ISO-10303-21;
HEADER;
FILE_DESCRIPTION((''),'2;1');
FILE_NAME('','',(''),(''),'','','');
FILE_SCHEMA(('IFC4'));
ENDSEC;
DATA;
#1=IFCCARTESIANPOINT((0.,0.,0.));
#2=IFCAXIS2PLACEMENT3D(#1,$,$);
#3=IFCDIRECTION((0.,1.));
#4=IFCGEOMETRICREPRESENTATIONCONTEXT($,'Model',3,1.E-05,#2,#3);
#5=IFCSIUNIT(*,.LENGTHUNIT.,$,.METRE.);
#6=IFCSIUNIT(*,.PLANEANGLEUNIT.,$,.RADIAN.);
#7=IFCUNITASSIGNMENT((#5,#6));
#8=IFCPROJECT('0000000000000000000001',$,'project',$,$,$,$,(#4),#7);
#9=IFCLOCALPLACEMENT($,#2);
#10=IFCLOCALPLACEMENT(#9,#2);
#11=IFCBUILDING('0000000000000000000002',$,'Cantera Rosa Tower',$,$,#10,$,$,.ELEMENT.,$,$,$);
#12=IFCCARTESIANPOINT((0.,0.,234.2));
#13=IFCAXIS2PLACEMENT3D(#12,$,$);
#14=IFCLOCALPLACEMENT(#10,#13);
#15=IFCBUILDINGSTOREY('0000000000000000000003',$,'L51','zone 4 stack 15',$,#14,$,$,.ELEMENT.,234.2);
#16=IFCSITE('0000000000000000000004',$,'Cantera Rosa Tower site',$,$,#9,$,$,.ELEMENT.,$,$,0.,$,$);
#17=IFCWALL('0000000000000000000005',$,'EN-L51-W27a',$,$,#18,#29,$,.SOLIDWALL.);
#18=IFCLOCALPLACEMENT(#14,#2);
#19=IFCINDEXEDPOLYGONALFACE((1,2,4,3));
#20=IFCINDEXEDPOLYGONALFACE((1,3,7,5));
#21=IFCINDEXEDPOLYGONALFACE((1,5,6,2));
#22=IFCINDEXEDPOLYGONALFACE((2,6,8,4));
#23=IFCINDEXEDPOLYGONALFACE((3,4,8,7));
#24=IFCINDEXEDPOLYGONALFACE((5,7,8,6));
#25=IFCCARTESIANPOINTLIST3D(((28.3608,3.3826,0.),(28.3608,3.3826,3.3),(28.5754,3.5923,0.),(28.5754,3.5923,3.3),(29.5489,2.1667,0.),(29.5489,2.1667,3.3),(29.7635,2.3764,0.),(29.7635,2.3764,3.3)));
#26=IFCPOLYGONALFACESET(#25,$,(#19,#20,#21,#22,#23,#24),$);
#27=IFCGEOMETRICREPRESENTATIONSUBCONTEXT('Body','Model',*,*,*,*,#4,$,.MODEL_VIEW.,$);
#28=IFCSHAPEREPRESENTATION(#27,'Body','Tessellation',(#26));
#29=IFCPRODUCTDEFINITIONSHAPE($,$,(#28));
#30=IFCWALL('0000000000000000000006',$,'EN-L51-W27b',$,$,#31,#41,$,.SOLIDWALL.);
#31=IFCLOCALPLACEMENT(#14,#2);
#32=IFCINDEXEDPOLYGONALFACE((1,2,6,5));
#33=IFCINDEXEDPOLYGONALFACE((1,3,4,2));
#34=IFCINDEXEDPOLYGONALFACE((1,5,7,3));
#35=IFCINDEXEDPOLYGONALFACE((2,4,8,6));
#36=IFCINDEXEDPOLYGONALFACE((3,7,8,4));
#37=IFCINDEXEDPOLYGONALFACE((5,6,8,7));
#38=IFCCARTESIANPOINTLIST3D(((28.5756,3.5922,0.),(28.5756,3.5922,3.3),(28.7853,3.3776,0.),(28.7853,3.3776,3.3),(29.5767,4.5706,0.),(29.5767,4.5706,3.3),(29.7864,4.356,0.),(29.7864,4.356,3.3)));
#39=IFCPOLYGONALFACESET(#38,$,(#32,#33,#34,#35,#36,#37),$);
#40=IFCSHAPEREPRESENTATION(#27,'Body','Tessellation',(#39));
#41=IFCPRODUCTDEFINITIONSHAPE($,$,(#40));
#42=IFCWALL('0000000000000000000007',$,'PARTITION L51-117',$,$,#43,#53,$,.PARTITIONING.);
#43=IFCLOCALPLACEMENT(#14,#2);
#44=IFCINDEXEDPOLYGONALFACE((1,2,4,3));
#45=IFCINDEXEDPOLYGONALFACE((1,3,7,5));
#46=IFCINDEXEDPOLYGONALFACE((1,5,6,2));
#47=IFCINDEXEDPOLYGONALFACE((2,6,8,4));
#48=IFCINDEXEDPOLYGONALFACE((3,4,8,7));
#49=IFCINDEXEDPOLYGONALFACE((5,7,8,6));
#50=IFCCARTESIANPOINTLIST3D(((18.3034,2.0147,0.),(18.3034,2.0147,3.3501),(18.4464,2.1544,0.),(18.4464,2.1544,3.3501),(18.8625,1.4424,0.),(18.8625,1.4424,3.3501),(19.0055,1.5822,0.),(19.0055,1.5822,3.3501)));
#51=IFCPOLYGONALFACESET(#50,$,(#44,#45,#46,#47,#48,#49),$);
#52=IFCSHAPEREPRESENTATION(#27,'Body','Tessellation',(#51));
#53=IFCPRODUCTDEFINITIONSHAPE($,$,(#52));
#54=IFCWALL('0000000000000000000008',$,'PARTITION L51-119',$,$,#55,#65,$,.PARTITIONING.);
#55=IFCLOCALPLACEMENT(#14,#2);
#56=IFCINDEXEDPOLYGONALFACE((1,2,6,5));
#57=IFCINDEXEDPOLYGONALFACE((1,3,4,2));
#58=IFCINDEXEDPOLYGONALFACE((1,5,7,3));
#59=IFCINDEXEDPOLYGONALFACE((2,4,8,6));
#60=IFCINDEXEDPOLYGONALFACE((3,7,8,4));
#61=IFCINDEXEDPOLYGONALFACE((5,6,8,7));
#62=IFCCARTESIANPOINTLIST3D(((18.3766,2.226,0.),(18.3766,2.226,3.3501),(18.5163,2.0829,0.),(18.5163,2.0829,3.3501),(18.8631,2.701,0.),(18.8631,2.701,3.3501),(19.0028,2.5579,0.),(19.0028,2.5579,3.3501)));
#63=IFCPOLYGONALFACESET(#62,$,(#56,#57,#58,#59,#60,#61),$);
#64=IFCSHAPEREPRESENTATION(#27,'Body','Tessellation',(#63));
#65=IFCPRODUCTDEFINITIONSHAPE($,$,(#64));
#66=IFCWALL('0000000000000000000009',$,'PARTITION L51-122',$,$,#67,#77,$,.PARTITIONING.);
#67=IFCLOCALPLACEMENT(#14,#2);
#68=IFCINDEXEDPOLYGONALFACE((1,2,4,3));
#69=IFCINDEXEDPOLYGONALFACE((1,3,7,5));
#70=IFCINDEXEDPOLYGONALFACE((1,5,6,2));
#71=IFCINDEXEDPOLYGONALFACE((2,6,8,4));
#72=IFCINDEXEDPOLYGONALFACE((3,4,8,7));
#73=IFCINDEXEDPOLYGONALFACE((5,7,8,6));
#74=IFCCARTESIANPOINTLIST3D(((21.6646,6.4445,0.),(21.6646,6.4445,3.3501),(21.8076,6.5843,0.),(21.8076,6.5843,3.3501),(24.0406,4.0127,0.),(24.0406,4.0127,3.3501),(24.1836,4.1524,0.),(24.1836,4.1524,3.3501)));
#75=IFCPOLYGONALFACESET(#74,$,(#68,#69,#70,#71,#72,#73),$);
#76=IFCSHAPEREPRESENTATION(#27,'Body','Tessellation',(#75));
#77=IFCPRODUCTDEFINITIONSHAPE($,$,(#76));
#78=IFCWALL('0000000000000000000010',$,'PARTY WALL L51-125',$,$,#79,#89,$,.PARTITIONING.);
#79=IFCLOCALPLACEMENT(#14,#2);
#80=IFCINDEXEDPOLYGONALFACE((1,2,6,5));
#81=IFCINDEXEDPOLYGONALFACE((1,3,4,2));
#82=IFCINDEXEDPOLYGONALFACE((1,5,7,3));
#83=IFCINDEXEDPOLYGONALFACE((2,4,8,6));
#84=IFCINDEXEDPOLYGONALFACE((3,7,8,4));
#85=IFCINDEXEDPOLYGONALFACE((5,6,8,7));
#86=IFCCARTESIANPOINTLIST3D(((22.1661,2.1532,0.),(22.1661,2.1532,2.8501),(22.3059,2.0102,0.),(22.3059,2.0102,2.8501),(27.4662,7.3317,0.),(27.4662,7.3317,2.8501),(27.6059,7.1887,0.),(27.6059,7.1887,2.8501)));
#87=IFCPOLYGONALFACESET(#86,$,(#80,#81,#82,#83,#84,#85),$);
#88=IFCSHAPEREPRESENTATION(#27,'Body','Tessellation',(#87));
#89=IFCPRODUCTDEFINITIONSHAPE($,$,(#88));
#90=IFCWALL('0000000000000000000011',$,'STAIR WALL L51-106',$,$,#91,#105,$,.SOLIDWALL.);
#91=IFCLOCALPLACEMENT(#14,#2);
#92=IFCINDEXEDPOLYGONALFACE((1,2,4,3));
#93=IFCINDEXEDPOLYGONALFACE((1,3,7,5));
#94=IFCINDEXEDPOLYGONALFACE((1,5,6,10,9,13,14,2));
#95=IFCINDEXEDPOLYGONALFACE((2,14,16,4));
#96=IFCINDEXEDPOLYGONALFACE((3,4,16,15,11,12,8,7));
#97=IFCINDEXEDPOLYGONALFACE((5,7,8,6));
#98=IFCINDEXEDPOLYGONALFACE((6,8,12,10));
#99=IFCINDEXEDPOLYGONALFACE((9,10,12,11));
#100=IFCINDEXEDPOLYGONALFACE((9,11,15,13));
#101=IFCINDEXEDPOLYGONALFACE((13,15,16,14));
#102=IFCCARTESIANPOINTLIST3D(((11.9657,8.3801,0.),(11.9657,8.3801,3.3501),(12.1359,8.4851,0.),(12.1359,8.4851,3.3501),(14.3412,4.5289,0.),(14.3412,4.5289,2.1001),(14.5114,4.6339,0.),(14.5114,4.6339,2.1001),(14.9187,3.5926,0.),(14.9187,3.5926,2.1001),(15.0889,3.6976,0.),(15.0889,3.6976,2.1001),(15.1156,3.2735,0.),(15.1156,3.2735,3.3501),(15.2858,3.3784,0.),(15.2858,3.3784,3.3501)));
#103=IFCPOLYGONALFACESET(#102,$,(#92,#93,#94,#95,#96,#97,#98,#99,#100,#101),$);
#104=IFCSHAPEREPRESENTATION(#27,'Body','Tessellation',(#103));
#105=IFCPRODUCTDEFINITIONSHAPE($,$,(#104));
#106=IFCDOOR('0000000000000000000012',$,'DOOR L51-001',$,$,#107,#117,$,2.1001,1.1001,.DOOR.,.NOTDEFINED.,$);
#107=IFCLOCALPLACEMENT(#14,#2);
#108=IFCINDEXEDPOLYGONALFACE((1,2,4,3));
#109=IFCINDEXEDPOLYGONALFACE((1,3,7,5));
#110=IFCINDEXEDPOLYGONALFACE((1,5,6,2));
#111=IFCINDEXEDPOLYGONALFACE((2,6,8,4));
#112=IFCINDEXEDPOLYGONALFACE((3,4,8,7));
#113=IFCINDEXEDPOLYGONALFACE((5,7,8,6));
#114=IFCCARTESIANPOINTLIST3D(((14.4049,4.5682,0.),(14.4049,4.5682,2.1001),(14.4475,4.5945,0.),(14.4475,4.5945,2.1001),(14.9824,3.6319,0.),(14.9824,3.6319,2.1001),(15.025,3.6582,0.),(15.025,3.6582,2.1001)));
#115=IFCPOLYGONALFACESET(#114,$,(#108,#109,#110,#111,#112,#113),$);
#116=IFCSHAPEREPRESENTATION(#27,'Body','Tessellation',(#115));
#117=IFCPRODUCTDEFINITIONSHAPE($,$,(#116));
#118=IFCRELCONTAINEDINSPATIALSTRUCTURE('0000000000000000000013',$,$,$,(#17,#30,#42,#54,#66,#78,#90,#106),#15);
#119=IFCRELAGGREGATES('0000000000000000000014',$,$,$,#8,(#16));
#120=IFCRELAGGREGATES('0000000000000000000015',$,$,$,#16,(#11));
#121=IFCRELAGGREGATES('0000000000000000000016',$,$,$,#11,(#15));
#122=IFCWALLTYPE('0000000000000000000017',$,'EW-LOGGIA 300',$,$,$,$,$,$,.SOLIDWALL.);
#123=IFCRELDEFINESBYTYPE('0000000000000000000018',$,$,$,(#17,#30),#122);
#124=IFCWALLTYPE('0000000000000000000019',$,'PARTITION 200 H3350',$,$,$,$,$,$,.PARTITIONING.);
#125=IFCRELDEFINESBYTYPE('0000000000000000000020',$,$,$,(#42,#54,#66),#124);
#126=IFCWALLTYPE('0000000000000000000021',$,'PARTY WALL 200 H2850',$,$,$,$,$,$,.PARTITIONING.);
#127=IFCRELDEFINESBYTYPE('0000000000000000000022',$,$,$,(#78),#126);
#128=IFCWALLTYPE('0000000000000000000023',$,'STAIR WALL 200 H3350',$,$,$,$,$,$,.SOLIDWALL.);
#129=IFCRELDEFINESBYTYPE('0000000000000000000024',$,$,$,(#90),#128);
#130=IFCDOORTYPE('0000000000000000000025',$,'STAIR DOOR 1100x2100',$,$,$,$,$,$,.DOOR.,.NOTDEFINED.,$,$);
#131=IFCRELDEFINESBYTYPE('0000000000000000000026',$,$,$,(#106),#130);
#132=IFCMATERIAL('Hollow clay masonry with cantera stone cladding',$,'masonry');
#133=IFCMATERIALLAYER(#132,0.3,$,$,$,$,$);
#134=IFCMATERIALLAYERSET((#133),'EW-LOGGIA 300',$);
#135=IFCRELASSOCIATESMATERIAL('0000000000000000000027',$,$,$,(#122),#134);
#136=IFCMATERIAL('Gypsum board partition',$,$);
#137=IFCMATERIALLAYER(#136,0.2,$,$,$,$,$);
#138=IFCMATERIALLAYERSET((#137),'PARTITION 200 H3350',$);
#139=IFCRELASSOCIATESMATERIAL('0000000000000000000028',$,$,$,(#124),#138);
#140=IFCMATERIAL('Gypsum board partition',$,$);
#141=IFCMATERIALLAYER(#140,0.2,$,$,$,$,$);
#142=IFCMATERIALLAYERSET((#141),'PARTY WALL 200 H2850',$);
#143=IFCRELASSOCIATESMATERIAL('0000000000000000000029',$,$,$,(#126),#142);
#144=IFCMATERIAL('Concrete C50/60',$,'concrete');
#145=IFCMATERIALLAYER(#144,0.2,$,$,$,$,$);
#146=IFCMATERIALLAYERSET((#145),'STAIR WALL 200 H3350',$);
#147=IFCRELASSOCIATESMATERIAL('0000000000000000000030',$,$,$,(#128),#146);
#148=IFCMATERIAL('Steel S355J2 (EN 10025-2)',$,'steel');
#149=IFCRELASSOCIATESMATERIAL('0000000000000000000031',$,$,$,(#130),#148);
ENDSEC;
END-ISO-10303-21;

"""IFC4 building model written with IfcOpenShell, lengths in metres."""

from ifc_helpers import new_model, si_unit, direction, frame, frame_2d, origin, place, context, subcontext, project, spatial, rectangle, extrude, material, layer, layer_set, type_object, element, fill, save


model = new_model("IFC4")

# Units and contexts
model_context = context("Model", 3, precision=1e-05, world=origin(), true_north=direction((0.0, 1.0)))
body_context = subcontext(model_context, "Body", "Model", "MODEL_VIEW")
ifc_project = project(units=[si_unit("LENGTHUNIT", "METRE"), si_unit("PLANEANGLEUNIT", "RADIAN")], contexts=[model_context])

# Site, building, storey
site_placement = place(None, origin())
site = spatial("IfcSite", under=ifc_project, at=site_placement, Name="Cantera Rosa Tower site", CompositionType="ELEMENT", RefElevation=0.0)
building_placement = place(site_placement, origin())
building = spatial("IfcBuilding", under=site, at=building_placement, Name="Cantera Rosa Tower", CompositionType="ELEMENT")
storey_placement = place(building_placement, frame((0.0, 0.0, 234.2)))
storey = spatial("IfcBuildingStorey", under=building, at=storey_placement, Name="L51", Description="zone 4 stack 15", CompositionType="ELEMENT", Elevation=234.2)

# Walls
ifc_material_1 = material(Name="Hollow clay masonry with cantera stone cladding", Category="masonry")
ifc_layer_1 = layer(ifc_material_1, 0.3)
ifc_layer_set_1 = layer_set([ifc_layer_1], Name="EW-LOGGIA 300")
wall_type_1 = type_object("IfcWallType", Name="EW-LOGGIA 300", PredefinedType="SOLIDWALL", material=ifc_layer_set_1)
wall_1_placement = place(storey_placement, frame((29.6562, 2.2715, 0.0), z_axis=(0.0, 0.0, 1.0), x_axis=(-0.698873, 0.715246, 0.0)))
element("IfcWall", 1, at=wall_1_placement, inside=storey, type_object=wall_type_1, Name="EN-L51-W27a", PredefinedType="SOLIDWALL", context=body_context, shape_type="SweptSolid", body=[
    extrude(rectangle(XDim=1.7, YDim=0.3, at=frame_2d((0.8501, 0.0))), origin(), (0.0, 0.0, 1.0), 3.3),
])
wall_2_placement = place(storey_placement, frame((28.6804, 3.4849, 0.0), z_axis=(0.0, 0.0, 1.0), x_axis=(0.715169, 0.698951, 0.0)))
element("IfcWall", 2, at=wall_2_placement, inside=storey, type_object=wall_type_1, Name="EN-L51-W27b", PredefinedType="SOLIDWALL", context=body_context, shape_type="SweptSolid", body=[
    extrude(rectangle(XDim=1.3999, YDim=0.3, at=frame_2d((0.7, 0.0))), origin(), (0.0, 0.0, 1.0), 3.3),
])

# Walls
ifc_material_2 = material(Name="Gypsum board partition")
ifc_layer_2 = layer(ifc_material_2, 0.2)
ifc_layer_set_2 = layer_set([ifc_layer_2], Name="PARTITION 200 H3350")
wall_type_2 = type_object("IfcWallType", Name="PARTITION 200 H3350", PredefinedType="PARTITIONING", material=ifc_layer_set_2)
wall_3_placement = place(storey_placement, frame((18.375, 2.0845, 0.0), z_axis=(0.0, 0.0, 1.0), x_axis=(0.698819, -0.715298, 0.0)))
element("IfcWall", 3, at=wall_3_placement, inside=storey, type_object=wall_type_2, Name="PARTITION L51-117", PredefinedType="PARTITIONING", context=body_context, shape_type="SweptSolid", body=[
    extrude(rectangle(XDim=0.8, YDim=0.2, at=frame_2d((0.3999, 0.0))), origin(), (0.0, 0.0, 1.0), 3.3501),
])
wall_4_placement = place(storey_placement, frame((18.9329, 2.6294, 0.0), z_axis=(0.0, 0.0, 1.0), x_axis=(-0.715493, -0.69862, 0.0)))
element("IfcWall", 4, at=wall_4_placement, inside=storey, type_object=wall_type_2, Name="PARTITION L51-119", PredefinedType="PARTITIONING", context=body_context, shape_type="SweptSolid", body=[
    extrude(rectangle(XDim=0.6799, YDim=0.2, at=frame_2d((0.3398, 0.0))), origin(), (0.0, 0.0, 1.0), 3.3501),
])
wall_5_placement = place(storey_placement, frame((21.7361, 6.5144, 0.0), z_axis=(0.0, 0.0, 1.0), x_axis=(0.698837, -0.715281, 0.0)))
element("IfcWall", 5, at=wall_5_placement, inside=storey, type_object=wall_type_2, Name="PARTITION L51-122", PredefinedType="PARTITIONING", context=body_context, shape_type="SweptSolid", body=[
    extrude(rectangle(XDim=3.3999, YDim=0.2, at=frame_2d((1.7, 0.0))), origin(), (0.0, 0.0, 1.0), 3.3501),
])
ifc_material_3 = material(Name="Gypsum board partition")
ifc_layer_3 = layer(ifc_material_3, 0.2)
ifc_layer_set_3 = layer_set([ifc_layer_3], Name="PARTY WALL 200 H2850")
wall_type_3 = type_object("IfcWallType", Name="PARTY WALL 200 H2850", PredefinedType="PARTITIONING", material=ifc_layer_set_3)
wall_6_placement = place(storey_placement, frame((27.5361, 7.2603, 0.0), z_axis=(0.0, 0.0, 1.0), x_axis=(-0.715263, -0.698855, 0.0)))
element("IfcWall", 6, at=wall_6_placement, inside=storey, type_object=wall_type_3, Name="PARTY WALL L51-125", PredefinedType="PARTITIONING", context=body_context, shape_type="SweptSolid", body=[
    extrude(rectangle(XDim=7.4099, YDim=0.2, at=frame_2d((3.7051, 0.0))), origin(), (0.0, 0.0, 1.0), 2.8501),
])

# Wall, opening, door
ifc_material_4 = material(Name="Concrete C50/60", Category="concrete")
ifc_layer_4 = layer(ifc_material_4, 0.2)
ifc_layer_set_4 = layer_set([ifc_layer_4], Name="STAIR WALL 200 H3350")
wall_type_4 = type_object("IfcWallType", Name="STAIR WALL 200 H3350", PredefinedType="SOLIDWALL", material=ifc_layer_set_4)
wall_7_placement = place(storey_placement, frame((12.0508, 8.4326, 0.0), z_axis=(0.0, 0.0, 1.0), x_axis=(0.524983, -0.851113, 0.0)))
wall_7 = element("IfcWall", 7, at=wall_7_placement, inside=storey, type_object=wall_type_4, Name="STAIR WALL L51-106", PredefinedType="SOLIDWALL", context=body_context, shape_type="SweptSolid", body=[
    extrude(rectangle(XDim=6.0, YDim=0.2, at=frame_2d((3.0, 0.0))), origin(), (0.0, 0.0, 1.0), 3.3501),
])
opening_1_placement = place(wall_7_placement, frame((4.5249, 0.0, 0.0)))
opening_1 = element("IfcOpeningElement", 8, at=opening_1_placement, cuts=wall_7, PredefinedType="OPENING", context=body_context, shape_type="SweptSolid", body=[
    extrude(rectangle(XDim=1.1001, YDim=2.1001, at=frame_2d((0.55, 1.05))), frame((0.0, 0.1099, 0.0), z_axis=(0.0, -1.0, 0.0), x_axis=(1.0, 0.0, 0.0)), (0.0, 0.0, 1.0), 0.22),
])
ifc_material_5 = material(Name="Steel S355J2 (EN 10025-2)", Category="steel")
door_type_1 = type_object("IfcDoorType", Name="STAIR DOOR 1100x2100", OperationType="NOTDEFINED", PredefinedType="DOOR", material=ifc_material_5)
door_1_placement = place(opening_1_placement, origin())
door_1 = element("IfcDoor", 9, at=door_1_placement, inside=storey, type_object=door_type_1, Name="DOOR L51-001", OperationType="NOTDEFINED", OverallHeight=2.1001, OverallWidth=1.1001, PredefinedType="DOOR", context=body_context, shape_type="SweptSolid", body=[
    extrude(rectangle(XDim=1.1001, YDim=2.1001, at=frame_2d((0.55, 1.05))), frame((0.0, 0.0249, 0.0), z_axis=(0.0, -1.0, 0.0), x_axis=(1.0, 0.0, 0.0)), (0.0, 0.0, 1.0), 0.05),
])
fill(opening_1, door_1)

save(model, "model.ifc")
